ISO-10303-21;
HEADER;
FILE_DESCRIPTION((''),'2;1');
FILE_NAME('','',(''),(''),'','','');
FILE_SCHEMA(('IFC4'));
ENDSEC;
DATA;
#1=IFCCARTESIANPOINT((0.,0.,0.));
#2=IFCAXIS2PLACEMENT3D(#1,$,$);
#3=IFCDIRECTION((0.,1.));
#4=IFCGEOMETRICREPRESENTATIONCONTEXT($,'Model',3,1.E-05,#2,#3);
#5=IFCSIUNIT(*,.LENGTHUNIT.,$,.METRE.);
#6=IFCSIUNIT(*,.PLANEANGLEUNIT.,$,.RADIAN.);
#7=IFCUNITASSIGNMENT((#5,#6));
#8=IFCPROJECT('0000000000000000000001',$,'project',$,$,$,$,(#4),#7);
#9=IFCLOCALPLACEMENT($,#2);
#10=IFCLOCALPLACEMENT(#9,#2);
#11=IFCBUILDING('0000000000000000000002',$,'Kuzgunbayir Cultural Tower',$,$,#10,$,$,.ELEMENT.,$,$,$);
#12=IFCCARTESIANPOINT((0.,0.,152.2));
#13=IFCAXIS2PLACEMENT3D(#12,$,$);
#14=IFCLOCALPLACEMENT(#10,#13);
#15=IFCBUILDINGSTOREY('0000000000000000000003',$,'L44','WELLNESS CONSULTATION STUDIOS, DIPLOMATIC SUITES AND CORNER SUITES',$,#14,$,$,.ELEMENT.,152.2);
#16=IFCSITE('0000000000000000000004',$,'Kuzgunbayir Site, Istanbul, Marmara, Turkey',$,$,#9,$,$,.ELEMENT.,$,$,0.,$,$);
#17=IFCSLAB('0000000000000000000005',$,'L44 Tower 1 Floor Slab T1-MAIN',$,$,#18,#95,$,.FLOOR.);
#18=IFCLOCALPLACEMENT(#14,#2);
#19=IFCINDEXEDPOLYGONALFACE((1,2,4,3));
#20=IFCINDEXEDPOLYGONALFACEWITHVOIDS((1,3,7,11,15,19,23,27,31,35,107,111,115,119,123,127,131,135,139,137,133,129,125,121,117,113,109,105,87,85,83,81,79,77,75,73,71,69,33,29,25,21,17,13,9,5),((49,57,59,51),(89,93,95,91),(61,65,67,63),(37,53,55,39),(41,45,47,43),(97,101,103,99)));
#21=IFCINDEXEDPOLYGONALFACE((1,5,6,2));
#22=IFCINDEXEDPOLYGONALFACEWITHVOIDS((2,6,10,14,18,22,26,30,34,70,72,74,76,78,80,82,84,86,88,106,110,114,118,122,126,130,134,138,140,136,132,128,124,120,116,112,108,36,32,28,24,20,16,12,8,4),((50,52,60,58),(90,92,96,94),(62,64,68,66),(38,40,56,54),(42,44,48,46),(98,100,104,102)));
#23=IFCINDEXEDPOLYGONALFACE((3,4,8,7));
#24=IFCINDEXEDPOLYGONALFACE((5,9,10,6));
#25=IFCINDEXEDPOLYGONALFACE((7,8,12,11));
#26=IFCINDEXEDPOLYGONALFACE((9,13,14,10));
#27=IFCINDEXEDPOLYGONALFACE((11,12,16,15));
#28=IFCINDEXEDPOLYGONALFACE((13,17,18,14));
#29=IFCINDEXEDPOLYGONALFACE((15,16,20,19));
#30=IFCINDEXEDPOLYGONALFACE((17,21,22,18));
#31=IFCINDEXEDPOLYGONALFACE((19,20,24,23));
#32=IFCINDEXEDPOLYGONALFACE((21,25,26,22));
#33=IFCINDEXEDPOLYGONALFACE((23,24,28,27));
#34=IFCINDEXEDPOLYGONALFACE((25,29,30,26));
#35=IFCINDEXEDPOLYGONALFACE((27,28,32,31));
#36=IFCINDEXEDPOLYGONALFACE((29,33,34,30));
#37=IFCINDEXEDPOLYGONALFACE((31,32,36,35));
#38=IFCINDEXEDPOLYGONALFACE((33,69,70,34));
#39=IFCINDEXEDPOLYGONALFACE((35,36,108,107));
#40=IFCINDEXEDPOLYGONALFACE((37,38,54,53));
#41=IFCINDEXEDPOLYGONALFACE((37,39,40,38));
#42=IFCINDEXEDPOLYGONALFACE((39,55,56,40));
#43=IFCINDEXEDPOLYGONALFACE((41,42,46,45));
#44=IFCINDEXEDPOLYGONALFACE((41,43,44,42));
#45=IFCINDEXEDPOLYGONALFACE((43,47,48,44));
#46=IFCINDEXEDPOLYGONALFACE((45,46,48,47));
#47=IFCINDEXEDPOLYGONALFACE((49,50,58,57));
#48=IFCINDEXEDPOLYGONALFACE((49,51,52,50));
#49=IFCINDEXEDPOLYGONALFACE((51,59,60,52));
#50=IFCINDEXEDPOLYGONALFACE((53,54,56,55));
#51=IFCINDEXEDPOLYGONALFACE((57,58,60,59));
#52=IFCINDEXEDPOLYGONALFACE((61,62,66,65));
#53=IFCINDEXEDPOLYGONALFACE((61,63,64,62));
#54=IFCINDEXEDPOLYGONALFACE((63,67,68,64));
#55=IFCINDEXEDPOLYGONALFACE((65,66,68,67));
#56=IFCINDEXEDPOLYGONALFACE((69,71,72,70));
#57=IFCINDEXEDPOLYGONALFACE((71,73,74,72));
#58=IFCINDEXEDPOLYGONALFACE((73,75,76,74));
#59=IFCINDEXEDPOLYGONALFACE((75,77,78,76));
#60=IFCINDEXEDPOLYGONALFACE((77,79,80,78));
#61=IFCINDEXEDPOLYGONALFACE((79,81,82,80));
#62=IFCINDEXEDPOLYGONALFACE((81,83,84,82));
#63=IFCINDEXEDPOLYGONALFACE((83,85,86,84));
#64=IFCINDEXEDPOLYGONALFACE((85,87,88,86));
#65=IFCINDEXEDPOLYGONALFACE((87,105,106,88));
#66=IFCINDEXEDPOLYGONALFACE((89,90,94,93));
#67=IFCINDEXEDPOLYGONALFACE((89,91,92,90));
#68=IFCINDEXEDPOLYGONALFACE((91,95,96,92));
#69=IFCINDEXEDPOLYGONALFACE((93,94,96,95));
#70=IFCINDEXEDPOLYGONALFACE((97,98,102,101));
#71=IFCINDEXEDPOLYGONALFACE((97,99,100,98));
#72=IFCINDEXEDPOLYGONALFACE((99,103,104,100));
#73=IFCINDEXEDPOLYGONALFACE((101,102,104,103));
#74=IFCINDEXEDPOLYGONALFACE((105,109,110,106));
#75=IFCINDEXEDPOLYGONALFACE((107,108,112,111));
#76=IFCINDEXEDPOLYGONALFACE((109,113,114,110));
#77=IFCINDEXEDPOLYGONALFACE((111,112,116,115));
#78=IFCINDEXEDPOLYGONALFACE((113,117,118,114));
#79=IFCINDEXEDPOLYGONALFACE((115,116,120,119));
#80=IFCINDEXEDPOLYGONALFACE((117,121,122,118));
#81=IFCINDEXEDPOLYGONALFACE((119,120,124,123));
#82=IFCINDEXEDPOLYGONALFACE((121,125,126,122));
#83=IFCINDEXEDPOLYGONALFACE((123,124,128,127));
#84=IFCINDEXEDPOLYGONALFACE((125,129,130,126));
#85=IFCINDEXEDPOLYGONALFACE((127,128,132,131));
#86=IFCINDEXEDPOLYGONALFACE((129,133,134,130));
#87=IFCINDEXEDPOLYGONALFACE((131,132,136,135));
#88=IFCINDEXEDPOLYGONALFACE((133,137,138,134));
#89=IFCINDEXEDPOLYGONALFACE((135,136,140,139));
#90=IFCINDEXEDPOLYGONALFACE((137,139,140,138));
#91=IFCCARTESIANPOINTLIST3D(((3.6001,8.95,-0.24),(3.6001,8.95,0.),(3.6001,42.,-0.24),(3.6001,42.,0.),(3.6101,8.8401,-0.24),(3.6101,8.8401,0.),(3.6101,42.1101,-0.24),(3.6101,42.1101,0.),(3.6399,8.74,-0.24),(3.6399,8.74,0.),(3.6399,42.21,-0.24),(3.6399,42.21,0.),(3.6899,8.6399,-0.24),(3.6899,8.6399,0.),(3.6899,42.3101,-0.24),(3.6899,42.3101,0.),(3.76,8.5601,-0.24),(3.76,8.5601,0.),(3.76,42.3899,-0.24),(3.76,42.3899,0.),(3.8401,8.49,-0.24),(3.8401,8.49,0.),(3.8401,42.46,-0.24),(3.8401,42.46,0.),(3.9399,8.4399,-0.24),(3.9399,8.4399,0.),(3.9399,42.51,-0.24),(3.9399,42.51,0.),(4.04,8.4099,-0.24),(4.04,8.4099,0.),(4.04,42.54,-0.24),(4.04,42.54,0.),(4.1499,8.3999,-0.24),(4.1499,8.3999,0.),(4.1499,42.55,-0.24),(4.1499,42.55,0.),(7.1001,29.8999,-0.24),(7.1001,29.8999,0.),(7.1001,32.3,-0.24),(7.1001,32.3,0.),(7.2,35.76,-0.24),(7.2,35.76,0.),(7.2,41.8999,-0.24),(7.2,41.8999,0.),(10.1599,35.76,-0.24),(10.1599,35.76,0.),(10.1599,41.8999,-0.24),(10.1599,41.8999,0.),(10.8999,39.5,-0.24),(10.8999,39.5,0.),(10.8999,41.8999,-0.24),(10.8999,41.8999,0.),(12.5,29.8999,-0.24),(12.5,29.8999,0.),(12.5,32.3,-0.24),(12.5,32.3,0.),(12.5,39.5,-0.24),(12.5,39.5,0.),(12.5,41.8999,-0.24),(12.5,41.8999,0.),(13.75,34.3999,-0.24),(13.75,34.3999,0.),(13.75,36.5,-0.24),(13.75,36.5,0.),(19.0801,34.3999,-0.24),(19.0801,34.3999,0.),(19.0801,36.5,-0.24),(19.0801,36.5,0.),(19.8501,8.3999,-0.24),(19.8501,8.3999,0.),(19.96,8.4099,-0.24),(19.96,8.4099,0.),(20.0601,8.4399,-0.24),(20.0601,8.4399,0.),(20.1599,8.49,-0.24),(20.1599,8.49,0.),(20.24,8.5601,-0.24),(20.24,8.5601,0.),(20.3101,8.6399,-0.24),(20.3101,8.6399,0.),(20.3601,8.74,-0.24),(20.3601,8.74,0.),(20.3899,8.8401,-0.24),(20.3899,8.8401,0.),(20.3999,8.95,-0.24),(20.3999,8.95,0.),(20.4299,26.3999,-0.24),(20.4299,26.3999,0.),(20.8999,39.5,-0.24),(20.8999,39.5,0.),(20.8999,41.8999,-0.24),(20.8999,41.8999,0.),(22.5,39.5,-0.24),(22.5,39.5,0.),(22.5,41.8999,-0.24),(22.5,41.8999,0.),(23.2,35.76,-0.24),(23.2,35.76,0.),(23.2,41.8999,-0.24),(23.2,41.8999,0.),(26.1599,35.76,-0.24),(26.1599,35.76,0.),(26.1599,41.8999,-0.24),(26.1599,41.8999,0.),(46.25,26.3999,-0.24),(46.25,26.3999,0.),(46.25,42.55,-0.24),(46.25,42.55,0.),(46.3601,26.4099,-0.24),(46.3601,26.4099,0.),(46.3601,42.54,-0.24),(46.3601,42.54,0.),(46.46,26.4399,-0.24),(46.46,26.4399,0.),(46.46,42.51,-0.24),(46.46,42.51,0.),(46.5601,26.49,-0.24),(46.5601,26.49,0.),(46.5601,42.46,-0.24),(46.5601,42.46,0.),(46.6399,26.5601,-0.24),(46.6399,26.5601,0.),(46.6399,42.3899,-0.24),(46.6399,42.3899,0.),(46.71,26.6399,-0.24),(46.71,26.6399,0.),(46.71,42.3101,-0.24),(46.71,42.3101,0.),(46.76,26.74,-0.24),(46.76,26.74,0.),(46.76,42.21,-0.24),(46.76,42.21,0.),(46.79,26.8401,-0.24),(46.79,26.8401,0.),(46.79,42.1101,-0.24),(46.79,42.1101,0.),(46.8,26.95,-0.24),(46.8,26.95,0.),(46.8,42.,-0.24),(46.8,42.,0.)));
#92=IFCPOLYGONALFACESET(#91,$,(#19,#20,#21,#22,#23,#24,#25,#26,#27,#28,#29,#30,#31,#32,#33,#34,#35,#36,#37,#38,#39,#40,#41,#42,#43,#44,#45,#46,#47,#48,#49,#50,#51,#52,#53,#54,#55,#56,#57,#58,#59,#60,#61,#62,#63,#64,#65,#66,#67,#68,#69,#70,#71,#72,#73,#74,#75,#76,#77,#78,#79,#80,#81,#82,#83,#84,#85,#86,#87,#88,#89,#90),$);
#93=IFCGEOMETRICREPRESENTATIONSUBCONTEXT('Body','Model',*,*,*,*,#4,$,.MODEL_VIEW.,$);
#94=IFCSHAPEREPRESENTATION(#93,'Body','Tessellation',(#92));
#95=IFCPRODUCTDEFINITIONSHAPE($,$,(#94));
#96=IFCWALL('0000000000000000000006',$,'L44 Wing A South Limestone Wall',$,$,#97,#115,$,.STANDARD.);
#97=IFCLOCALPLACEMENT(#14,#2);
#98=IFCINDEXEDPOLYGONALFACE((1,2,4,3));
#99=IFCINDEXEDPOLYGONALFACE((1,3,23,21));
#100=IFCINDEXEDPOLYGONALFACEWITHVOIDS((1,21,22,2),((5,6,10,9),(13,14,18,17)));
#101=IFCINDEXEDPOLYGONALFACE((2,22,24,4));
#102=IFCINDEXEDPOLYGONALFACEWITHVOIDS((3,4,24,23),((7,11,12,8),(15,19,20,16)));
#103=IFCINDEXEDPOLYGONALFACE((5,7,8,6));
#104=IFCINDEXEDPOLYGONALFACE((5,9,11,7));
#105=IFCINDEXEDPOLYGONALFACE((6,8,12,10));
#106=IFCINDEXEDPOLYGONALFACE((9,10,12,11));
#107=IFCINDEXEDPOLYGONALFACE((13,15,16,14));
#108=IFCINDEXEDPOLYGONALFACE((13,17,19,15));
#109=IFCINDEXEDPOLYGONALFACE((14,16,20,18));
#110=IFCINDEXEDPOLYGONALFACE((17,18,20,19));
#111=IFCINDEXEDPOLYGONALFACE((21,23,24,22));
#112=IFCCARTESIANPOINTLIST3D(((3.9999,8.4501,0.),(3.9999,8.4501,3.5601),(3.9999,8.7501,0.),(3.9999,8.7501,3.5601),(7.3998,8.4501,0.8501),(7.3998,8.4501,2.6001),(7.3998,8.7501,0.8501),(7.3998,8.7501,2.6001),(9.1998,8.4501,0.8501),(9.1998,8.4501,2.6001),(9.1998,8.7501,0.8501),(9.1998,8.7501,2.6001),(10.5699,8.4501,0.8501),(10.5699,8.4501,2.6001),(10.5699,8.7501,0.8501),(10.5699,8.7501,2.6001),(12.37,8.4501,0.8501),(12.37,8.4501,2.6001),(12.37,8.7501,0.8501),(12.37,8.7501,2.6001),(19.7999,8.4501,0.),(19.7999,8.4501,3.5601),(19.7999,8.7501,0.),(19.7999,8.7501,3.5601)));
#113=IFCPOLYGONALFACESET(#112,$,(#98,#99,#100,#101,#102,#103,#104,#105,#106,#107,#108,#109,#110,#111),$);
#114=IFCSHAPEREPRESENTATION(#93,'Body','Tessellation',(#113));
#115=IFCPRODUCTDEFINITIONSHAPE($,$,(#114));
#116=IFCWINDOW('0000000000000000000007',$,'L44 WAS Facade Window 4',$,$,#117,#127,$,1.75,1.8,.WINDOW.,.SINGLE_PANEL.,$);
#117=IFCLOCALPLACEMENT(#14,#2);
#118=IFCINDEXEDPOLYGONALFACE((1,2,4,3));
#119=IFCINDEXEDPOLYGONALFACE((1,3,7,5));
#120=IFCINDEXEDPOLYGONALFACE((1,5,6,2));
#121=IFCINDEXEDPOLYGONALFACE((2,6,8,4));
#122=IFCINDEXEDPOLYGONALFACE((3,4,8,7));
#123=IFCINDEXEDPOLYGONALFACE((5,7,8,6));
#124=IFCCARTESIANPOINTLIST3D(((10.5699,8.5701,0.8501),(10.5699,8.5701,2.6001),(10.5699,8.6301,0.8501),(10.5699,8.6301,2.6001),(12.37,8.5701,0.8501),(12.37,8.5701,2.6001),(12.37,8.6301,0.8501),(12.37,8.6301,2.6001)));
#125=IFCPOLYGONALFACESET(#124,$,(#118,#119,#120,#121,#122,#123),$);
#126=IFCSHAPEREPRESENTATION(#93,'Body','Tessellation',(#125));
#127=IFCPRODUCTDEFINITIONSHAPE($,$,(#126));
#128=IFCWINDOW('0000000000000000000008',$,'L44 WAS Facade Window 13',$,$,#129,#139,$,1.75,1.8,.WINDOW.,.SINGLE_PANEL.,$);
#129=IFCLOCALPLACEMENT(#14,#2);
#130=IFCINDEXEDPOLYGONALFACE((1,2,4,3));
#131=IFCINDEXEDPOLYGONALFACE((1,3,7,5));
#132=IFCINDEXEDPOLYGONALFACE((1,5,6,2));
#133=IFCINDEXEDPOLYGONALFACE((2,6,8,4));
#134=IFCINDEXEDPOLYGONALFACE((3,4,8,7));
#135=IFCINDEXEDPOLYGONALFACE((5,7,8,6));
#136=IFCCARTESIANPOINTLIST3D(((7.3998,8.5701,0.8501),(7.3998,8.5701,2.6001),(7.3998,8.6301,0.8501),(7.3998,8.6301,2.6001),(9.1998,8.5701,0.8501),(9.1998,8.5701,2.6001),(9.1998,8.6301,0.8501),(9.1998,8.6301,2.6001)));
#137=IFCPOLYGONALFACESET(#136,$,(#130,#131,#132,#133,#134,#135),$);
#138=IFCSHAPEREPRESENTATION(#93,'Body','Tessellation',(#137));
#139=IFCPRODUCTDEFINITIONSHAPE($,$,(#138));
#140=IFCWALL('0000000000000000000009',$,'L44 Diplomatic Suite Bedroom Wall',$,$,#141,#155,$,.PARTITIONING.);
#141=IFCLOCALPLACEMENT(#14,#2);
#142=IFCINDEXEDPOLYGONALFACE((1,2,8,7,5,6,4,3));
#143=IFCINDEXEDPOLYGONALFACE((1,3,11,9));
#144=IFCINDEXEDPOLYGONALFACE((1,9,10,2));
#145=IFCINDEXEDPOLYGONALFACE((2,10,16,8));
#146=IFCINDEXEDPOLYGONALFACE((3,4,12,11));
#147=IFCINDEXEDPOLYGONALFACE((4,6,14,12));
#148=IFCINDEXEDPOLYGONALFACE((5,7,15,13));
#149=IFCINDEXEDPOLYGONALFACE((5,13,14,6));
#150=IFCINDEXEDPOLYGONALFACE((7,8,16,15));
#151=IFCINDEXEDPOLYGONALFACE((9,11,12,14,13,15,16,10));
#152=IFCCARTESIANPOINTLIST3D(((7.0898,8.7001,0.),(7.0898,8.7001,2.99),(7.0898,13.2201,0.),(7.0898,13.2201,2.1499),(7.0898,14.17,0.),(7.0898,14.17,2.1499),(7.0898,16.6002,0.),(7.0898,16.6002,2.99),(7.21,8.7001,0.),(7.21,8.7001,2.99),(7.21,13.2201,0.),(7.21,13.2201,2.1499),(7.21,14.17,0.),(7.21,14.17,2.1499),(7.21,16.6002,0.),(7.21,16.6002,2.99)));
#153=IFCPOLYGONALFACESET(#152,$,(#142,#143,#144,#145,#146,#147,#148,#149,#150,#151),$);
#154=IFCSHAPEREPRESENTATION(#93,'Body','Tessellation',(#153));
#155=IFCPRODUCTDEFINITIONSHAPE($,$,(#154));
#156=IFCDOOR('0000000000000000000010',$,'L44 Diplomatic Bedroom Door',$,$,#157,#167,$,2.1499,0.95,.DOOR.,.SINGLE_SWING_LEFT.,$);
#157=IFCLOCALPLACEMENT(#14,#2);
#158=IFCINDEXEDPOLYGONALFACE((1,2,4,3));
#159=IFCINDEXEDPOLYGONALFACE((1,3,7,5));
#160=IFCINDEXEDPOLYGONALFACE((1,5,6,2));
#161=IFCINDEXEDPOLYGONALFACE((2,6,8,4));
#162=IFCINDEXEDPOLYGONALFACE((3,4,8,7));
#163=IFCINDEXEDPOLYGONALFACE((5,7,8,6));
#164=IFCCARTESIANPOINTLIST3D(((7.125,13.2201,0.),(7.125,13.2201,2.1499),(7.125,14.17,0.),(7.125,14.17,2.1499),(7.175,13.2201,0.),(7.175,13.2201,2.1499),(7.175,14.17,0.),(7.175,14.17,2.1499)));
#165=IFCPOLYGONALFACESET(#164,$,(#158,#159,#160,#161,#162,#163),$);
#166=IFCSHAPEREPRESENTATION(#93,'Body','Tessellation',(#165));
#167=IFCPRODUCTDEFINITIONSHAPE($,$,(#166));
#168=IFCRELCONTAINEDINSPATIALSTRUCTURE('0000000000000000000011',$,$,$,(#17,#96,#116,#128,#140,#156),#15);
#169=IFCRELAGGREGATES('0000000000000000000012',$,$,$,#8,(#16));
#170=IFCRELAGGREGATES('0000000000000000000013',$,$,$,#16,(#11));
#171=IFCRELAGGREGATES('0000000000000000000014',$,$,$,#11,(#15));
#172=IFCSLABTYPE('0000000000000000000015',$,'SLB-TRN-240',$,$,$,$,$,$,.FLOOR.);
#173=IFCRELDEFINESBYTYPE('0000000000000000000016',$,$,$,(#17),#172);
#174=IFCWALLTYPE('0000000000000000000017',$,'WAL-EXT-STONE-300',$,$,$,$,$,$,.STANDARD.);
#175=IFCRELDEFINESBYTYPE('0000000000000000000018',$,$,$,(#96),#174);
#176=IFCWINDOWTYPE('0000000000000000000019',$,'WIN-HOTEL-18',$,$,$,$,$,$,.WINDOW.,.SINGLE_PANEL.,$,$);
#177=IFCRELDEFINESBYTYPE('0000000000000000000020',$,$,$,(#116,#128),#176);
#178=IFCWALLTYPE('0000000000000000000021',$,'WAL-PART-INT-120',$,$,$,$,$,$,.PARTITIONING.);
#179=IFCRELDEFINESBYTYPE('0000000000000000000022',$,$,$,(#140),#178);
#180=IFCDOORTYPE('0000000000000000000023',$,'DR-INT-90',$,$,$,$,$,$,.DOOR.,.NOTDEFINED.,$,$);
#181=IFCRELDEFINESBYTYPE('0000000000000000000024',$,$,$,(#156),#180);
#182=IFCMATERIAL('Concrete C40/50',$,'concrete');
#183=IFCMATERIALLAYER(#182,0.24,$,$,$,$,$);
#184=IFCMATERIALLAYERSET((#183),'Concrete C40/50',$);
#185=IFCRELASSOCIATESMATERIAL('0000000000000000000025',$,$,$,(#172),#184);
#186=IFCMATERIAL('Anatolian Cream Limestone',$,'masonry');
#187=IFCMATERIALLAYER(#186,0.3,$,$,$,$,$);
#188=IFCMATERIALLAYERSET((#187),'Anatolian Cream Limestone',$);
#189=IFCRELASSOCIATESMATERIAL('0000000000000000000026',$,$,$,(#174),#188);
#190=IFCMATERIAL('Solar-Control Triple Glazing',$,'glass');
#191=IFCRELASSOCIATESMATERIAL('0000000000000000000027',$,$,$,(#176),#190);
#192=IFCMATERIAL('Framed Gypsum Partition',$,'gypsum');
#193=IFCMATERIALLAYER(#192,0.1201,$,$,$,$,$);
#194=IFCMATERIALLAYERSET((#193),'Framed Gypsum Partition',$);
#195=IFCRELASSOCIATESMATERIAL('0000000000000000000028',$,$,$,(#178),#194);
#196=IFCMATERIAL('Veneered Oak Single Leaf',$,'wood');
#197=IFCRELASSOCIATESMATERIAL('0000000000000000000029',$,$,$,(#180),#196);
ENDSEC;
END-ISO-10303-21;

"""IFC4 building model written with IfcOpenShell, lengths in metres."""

from ifc_helpers import new_model, si_unit, direction, frame, frame_2d, origin, place, context, subcontext, project, spatial, polyline, rectangle, outline, extrude, material, layer, layer_set, type_object, element, fill, save


model = new_model("IFC4")

# Units and contexts
model_context = context("Model", 3, precision=1e-05, world=origin(), true_north=direction((0.0, 1.0)))
body_context = subcontext(model_context, "Body", "Model", "MODEL_VIEW")
ifc_project = project(units=[si_unit("LENGTHUNIT", "METRE"), si_unit("PLANEANGLEUNIT", "RADIAN")], contexts=[model_context])

# Site, building, storey
site_placement = place(None, origin())
site = spatial("IfcSite", under=ifc_project, at=site_placement, Name="Kuzgunbayir Site, Istanbul, Marmara, Turkey", CompositionType="ELEMENT", RefElevation=0.0)
building_placement = place(site_placement, origin())
building = spatial("IfcBuilding", under=site, at=building_placement, Name="Kuzgunbayir Cultural Tower", CompositionType="ELEMENT")
storey_placement = place(building_placement, frame((0.0, 0.0, 152.2)))
storey = spatial("IfcBuildingStorey", under=building, at=storey_placement, Name="L44", Description="WELLNESS CONSULTATION STUDIOS, DIPLOMATIC SUITES AND CORNER SUITES", CompositionType="ELEMENT", Elevation=152.2)

# Shared definitions
ifc_material_1 = material(Name="Concrete C40/50", Category="concrete")

# Slab
ifc_layer_1 = layer(ifc_material_1, 0.24)
ifc_layer_set_1 = layer_set([ifc_layer_1], Name="Concrete C40/50")
slab_type_1 = type_object("IfcSlabType", Name="SLB-TRN-240", PredefinedType="FLOOR", material=ifc_layer_set_1)
slab_1_placement = place(storey_placement, frame((0.0, 0.0, -0.24)))
element("IfcSlab", 1, at=slab_1_placement, inside=storey, type_object=slab_type_1, Name="L44 Tower 1 Floor Slab T1-MAIN", PredefinedType="FLOOR", context=body_context, shape_type="SweptSolid", body=[
    extrude(outline(polyline([(20.3999, 8.95), (20.3899, 8.8401), (20.3601, 8.74), (20.3101, 8.6399), (20.24, 8.5601), (20.1599, 8.49), (20.0601, 8.4399), (19.96, 8.4099), (19.8501, 8.3999), (4.1499, 8.3999), (4.04, 8.4099), (3.9399, 8.4399), (3.8401, 8.49), (3.76, 8.5601), (3.6899, 8.6399), (3.6399, 8.74), (3.6101, 8.8401), (3.6001, 8.95), (3.6001, 42.0), (3.6101, 42.1101), (3.6399, 42.21), (3.6899, 42.3101), (3.76, 42.3899), (3.8401, 42.46), (3.9399, 42.51), (4.04, 42.54), (4.1499, 42.55), (46.25, 42.55), (46.3601, 42.54), (46.46, 42.51), (46.5601, 42.46), (46.6399, 42.3899), (46.71, 42.3101), (46.76, 42.21), (46.79, 42.1101), (46.8, 42.0), (46.8, 26.95), (46.79, 26.8401), (46.76, 26.74), (46.71, 26.6399), (46.6399, 26.5601), (46.5601, 26.49), (46.46, 26.4399), (46.3601, 26.4099), (46.25, 26.3999), (20.4299, 26.3999), (20.3999, 8.95)]), holes=[polyline([(7.2, 35.76), (7.2, 41.8999), (10.1599, 41.8999), (10.1599, 35.76), (7.2, 35.76)]), polyline([(23.2, 35.76), (23.2, 41.8999), (26.1599, 41.8999), (26.1599, 35.76), (23.2, 35.76)]), polyline([(13.75, 34.3999), (13.75, 36.5), (19.0801, 36.5), (19.0801, 34.3999), (13.75, 34.3999)]), polyline([(7.1001, 29.8999), (7.1001, 32.3), (12.5, 32.3), (12.5, 29.8999), (7.1001, 29.8999)]), polyline([(10.8999, 39.5), (10.8999, 41.8999), (12.5, 41.8999), (12.5, 39.5), (10.8999, 39.5)]), polyline([(20.8999, 39.5), (20.8999, 41.8999), (22.5, 41.8999), (22.5, 39.5), (20.8999, 39.5)])]), origin(), (0.0, 0.0, 1.0), 0.24),
])

# Wall, openings, windows
ifc_material_2 = material(Name="Anatolian Cream Limestone", Category="masonry")
ifc_layer_2 = layer(ifc_material_2, 0.3)
ifc_layer_set_2 = layer_set([ifc_layer_2], Name="Anatolian Cream Limestone")
wall_type_1 = type_object("IfcWallType", Name="WAL-EXT-STONE-300", PredefinedType="STANDARD", material=ifc_layer_set_2)
wall_1_placement = place(storey_placement, frame((4.0, 8.6001, 0.0), z_axis=(0.0, 0.0, 1.0), x_axis=(1.0, 0.0, 0.0)))
wall_1 = element("IfcWall", 2, at=wall_1_placement, inside=storey, type_object=wall_type_1, Name="L44 Wing A South Limestone Wall", PredefinedType="STANDARD", context=body_context, shape_type="SweptSolid", body=[
    extrude(rectangle(XDim=15.8, YDim=0.3, at=frame_2d((7.8999, 0.0))), origin(), (0.0, 0.0, 1.0), 3.5601),
])
opening_1_placement = place(wall_1_placement, frame((6.5701, 0.0, 0.8501)))
opening_1 = element("IfcOpeningElement", 3, at=opening_1_placement, cuts=wall_1, PredefinedType="OPENING", context=body_context, shape_type="SweptSolid", body=[
    extrude(rectangle(XDim=1.8, YDim=1.75, at=frame_2d((0.8999, 0.875))), frame((0.0, 0.1602, 0.0), z_axis=(0.0, -1.0, 0.0), x_axis=(1.0, 0.0, 0.0)), (0.0, 0.0, 1.0), 0.3201),
])
opening_2_placement = place(wall_1_placement, frame((3.3999, 0.0, 0.8501)))
opening_2 = element("IfcOpeningElement", 4, at=opening_2_placement, cuts=wall_1, PredefinedType="OPENING", context=body_context, shape_type="SweptSolid", body=[
    extrude(rectangle(XDim=1.8, YDim=1.75, at=frame_2d((0.8999, 0.875))), frame((0.0, 0.1602, 0.0), z_axis=(0.0, -1.0, 0.0), x_axis=(1.0, 0.0, 0.0)), (0.0, 0.0, 1.0), 0.3201),
])
ifc_material_3 = material(Name="Solar-Control Triple Glazing", Category="glass")
window_type = type_object("IfcWindowType", Name="WIN-HOTEL-18", PartitioningType="SINGLE_PANEL", PredefinedType="WINDOW", material=ifc_material_3)
window_1_placement = place(opening_1_placement, origin())
window_1 = element("IfcWindow", 5, at=window_1_placement, inside=storey, type_object=window_type, Name="L44 WAS Facade Window 4", OverallHeight=1.75, OverallWidth=1.8, PartitioningType="SINGLE_PANEL", PredefinedType="WINDOW", context=body_context, shape_type="SweptSolid", body=[
    extrude(rectangle(XDim=1.8, YDim=1.75, at=frame_2d((0.8999, 0.875))), frame((0.0, 0.03, 0.0), z_axis=(0.0, -1.0, 0.0), x_axis=(1.0, 0.0, 0.0)), (0.0, 0.0, 1.0), 0.0601),
])
fill(opening_1, window_1)
window_2_placement = place(opening_2_placement, origin())
window_2 = element("IfcWindow", 6, at=window_2_placement, inside=storey, type_object=window_type, Name="L44 WAS Facade Window 13", OverallHeight=1.75, OverallWidth=1.8, PartitioningType="SINGLE_PANEL", PredefinedType="WINDOW", context=body_context, shape_type="SweptSolid", body=[
    extrude(rectangle(XDim=1.8, YDim=1.75, at=frame_2d((0.8999, 0.875))), frame((0.0, 0.03, 0.0), z_axis=(0.0, -1.0, 0.0), x_axis=(1.0, 0.0, 0.0)), (0.0, 0.0, 1.0), 0.0601),
])
fill(opening_2, window_2)

# Wall, opening, door
ifc_material_4 = material(Name="Framed Gypsum Partition", Category="gypsum")
ifc_layer_3 = layer(ifc_material_4, 0.1201)
ifc_layer_set_3 = layer_set([ifc_layer_3], Name="Framed Gypsum Partition")
wall_type_2 = type_object("IfcWallType", Name="WAL-PART-INT-120", PredefinedType="PARTITIONING", material=ifc_layer_set_3)
wall_2_placement = place(storey_placement, frame((7.1499, 8.7, 0.0), z_axis=(0.0, 0.0, 1.0), x_axis=(0.0, 1.0, 0.0)))
wall_2 = element("IfcWall", 7, at=wall_2_placement, inside=storey, type_object=wall_type_2, Name="L44 Diplomatic Suite Bedroom Wall", PredefinedType="PARTITIONING", context=body_context, shape_type="SweptSolid", body=[
    extrude(rectangle(XDim=7.9001, YDim=0.1201, at=frame_2d((3.9502, 0.0))), origin(), (0.0, 0.0, 1.0), 2.99),
])
opening_3_placement = place(wall_2_placement, frame((4.52, 0.0, 0.0)))
opening_3 = element("IfcOpeningElement", 8, at=opening_3_placement, cuts=wall_2, PredefinedType="OPENING", context=body_context, shape_type="SweptSolid", body=[
    extrude(rectangle(XDim=0.95, YDim=2.1499, at=frame_2d((0.4751, 1.075))), frame((0.0, 0.0701, 0.0), z_axis=(0.0, -1.0, 0.0), x_axis=(1.0, 0.0, 0.0)), (0.0, 0.0, 1.0), 0.1401),
])
ifc_material_5 = material(Name="Veneered Oak Single Leaf", Category="wood")
door_type = type_object("IfcDoorType", Name="DR-INT-90", OperationType="NOTDEFINED", PredefinedType="DOOR", material=ifc_material_5)
door_placement = place(opening_3_placement, origin())
door = element("IfcDoor", 9, at=door_placement, inside=storey, type_object=door_type, Name="L44 Diplomatic Bedroom Door", OperationType="SINGLE_SWING_LEFT", OverallHeight=2.1499, OverallWidth=0.95, PredefinedType="DOOR", context=body_context, shape_type="SweptSolid", body=[
    extrude(rectangle(XDim=0.95, YDim=2.1499, at=frame_2d((0.4751, 1.075))), frame((0.0, 0.0249, 0.0), z_axis=(0.0, -1.0, 0.0), x_axis=(1.0, 0.0, 0.0)), (0.0, 0.0, 1.0), 0.05),
])
fill(opening_3, door)

save(model, "model.ifc")
